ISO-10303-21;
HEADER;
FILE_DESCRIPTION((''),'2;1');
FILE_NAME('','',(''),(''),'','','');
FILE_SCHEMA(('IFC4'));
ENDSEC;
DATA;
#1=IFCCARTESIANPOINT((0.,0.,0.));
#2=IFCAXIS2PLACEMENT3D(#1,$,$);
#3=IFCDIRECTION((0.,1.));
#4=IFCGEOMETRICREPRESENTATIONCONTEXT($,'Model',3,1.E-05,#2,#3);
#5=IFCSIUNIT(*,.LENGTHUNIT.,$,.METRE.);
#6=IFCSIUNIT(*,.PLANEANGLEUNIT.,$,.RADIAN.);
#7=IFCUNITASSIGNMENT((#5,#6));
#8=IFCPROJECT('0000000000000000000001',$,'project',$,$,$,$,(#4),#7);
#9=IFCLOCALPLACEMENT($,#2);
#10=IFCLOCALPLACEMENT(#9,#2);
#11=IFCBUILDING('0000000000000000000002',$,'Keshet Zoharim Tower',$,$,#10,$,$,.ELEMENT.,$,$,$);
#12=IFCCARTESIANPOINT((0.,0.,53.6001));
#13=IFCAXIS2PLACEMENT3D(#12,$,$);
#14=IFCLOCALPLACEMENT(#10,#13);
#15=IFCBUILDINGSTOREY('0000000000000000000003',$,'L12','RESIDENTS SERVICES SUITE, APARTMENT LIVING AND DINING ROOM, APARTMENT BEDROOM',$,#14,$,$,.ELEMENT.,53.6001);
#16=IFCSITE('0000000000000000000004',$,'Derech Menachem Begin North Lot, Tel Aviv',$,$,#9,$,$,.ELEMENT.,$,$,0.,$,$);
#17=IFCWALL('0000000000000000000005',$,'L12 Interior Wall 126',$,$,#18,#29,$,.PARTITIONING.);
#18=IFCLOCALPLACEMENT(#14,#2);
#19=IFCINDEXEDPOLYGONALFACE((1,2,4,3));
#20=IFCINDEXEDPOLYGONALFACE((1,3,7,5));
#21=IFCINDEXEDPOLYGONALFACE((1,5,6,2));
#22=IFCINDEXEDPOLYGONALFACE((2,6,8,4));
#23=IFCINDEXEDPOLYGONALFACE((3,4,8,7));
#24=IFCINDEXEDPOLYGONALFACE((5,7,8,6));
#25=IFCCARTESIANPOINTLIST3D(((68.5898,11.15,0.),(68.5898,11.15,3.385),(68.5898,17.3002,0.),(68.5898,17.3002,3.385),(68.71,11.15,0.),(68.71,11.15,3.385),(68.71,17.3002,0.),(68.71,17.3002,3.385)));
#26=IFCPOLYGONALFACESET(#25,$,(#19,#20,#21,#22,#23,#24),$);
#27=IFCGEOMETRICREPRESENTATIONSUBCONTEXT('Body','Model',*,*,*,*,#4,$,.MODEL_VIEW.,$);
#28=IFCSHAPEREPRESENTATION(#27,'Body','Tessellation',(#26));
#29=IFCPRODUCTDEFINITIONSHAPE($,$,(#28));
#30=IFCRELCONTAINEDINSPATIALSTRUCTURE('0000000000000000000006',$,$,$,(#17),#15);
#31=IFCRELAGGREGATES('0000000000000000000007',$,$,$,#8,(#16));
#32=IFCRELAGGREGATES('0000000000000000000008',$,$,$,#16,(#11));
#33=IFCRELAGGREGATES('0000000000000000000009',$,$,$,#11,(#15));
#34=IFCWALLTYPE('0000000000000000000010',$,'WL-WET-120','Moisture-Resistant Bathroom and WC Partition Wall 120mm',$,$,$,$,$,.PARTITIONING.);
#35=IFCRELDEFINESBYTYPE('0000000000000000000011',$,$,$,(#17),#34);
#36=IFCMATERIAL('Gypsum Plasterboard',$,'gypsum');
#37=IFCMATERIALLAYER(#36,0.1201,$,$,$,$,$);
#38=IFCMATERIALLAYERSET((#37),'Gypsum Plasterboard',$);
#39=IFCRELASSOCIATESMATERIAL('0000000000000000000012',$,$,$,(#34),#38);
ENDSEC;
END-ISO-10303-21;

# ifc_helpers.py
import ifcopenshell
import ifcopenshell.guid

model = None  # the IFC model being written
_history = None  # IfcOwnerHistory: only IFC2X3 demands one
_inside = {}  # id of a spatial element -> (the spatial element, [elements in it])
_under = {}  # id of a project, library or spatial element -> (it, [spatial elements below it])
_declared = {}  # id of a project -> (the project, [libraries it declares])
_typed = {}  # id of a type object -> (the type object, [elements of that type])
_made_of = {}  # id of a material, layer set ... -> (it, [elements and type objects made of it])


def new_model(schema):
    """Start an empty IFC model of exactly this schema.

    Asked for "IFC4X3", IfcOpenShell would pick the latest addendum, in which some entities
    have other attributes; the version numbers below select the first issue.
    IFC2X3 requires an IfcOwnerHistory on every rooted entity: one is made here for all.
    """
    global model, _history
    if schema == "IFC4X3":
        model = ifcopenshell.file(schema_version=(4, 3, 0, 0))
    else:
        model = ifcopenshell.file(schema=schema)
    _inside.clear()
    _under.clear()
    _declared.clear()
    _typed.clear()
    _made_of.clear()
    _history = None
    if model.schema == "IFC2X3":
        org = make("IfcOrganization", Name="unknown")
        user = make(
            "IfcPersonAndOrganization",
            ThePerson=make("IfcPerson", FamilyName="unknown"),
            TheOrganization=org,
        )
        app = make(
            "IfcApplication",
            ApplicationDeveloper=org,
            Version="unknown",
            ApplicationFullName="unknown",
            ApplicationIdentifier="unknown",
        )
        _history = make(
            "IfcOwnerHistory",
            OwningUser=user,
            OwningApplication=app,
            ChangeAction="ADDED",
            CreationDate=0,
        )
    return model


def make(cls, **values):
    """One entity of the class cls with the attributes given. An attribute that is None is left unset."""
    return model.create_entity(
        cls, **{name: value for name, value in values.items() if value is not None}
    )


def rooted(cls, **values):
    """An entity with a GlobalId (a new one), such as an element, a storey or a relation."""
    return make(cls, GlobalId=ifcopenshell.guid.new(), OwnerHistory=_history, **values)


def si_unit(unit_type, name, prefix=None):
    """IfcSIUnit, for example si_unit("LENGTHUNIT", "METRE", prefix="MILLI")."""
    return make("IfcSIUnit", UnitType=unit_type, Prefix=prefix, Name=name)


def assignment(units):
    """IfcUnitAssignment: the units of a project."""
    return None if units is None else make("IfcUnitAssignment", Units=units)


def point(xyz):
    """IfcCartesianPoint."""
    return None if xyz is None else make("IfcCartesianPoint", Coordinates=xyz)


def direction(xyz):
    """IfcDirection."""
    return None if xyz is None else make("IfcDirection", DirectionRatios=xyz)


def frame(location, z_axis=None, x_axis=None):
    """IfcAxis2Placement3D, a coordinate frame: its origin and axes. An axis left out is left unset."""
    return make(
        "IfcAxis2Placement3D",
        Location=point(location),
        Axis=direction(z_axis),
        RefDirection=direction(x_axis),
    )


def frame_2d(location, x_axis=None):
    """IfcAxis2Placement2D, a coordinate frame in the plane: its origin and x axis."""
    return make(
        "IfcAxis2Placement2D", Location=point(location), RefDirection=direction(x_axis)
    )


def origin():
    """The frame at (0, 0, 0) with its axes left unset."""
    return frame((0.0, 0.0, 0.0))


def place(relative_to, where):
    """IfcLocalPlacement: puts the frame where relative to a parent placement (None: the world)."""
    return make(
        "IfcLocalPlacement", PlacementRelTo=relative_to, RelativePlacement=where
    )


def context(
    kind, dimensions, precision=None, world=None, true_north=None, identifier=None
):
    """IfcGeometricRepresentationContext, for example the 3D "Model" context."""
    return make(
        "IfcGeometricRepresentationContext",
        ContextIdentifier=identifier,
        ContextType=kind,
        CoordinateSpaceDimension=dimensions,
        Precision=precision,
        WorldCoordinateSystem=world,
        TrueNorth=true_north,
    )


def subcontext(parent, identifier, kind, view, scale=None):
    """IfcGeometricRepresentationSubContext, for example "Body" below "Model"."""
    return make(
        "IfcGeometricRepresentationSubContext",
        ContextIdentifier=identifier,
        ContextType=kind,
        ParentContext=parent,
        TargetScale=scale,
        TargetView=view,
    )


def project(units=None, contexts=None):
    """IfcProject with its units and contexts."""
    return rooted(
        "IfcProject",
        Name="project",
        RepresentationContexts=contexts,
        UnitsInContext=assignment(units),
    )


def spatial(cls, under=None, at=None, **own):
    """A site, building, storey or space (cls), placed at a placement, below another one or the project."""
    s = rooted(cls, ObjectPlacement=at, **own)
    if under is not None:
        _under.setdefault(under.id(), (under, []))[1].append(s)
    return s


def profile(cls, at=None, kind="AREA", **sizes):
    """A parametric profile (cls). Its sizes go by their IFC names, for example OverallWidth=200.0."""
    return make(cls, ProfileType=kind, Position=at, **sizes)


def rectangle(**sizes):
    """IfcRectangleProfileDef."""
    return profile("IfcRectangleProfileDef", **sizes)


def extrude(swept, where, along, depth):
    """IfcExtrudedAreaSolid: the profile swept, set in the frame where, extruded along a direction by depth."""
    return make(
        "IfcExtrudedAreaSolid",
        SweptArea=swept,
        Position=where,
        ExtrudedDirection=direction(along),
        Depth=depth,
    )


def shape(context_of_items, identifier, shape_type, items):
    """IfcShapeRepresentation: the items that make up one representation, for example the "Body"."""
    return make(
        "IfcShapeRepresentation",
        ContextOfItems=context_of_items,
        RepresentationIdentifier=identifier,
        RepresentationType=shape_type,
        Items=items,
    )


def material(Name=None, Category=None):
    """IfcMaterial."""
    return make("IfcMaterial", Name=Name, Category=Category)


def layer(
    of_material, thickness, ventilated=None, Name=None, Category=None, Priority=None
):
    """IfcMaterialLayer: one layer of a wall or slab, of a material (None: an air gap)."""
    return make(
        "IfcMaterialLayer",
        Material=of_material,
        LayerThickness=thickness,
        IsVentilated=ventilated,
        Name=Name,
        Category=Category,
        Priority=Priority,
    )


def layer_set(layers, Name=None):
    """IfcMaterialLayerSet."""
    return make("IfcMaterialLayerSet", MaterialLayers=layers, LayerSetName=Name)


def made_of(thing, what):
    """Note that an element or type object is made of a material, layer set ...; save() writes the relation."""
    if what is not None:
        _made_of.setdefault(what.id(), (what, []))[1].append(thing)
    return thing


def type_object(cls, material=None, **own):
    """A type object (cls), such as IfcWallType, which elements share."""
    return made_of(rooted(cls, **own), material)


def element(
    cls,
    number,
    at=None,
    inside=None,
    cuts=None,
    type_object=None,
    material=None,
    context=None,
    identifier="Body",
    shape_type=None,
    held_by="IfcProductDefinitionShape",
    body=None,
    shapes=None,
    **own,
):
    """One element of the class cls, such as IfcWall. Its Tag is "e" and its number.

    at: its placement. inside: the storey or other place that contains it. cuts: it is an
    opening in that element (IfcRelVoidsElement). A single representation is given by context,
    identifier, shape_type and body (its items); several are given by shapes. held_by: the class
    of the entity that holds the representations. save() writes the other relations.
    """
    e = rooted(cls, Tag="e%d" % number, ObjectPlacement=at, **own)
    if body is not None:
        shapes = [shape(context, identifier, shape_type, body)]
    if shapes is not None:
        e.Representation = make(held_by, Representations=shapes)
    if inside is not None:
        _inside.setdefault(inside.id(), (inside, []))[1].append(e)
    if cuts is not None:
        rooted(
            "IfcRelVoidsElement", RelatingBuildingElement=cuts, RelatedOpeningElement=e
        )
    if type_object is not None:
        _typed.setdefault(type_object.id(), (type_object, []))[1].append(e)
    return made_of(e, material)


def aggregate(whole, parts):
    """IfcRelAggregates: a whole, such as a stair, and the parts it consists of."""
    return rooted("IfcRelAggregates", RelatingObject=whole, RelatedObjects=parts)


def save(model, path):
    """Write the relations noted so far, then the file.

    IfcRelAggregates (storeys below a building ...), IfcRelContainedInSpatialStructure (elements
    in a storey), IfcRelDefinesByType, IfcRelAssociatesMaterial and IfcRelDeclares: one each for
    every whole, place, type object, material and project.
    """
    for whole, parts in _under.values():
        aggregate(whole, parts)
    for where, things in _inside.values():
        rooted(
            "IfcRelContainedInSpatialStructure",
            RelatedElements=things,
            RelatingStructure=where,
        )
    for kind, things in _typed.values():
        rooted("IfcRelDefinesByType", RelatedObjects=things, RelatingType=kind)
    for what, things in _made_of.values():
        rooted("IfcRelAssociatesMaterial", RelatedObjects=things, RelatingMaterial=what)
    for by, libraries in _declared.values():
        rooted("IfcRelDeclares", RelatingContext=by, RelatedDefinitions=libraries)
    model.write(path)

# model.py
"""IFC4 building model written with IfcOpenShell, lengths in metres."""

from ifc_helpers import new_model, si_unit, direction, frame, frame_2d, origin, place, context, subcontext, project, spatial, rectangle, extrude, material, layer, layer_set, type_object, element, save


model = new_model("IFC4")

# Units and contexts
model_context = context("Model", 3, precision=1e-05, world=origin(), true_north=direction((0.0, 1.0)))
body_context = subcontext(model_context, "Body", "Model", "MODEL_VIEW")
ifc_project = project(units=[si_unit("LENGTHUNIT", "METRE"), si_unit("PLANEANGLEUNIT", "RADIAN")], contexts=[model_context])

# Site, building, storey
site_placement = place(None, origin())
site = spatial("IfcSite", under=ifc_project, at=site_placement, Name="Derech Menachem Begin North Lot, Tel Aviv", CompositionType="ELEMENT", RefElevation=0.0)
building_placement = place(site_placement, origin())
building = spatial("IfcBuilding", under=site, at=building_placement, Name="Keshet Zoharim Tower", CompositionType="ELEMENT")
storey_placement = place(building_placement, frame((0.0, 0.0, 53.6001)))
storey = spatial("IfcBuildingStorey", under=building, at=storey_placement, Name="L12", Description="RESIDENTS SERVICES SUITE, APARTMENT LIVING AND DINING ROOM, APARTMENT BEDROOM", CompositionType="ELEMENT", Elevation=53.6001)

# Wall
ifc_material_1 = material(Name="Gypsum Plasterboard", Category="gypsum")
ifc_layer_1 = layer(ifc_material_1, 0.1201)
ifc_layer_set_1 = layer_set([ifc_layer_1], Name="Gypsum Plasterboard")
wall_type_1 = type_object("IfcWallType", Name="WL-WET-120", Description="Moisture-Resistant Bathroom and WC Partition Wall 120mm", PredefinedType="PARTITIONING", material=ifc_layer_set_1)
wall_1_placement = place(storey_placement, frame((68.6499, 11.1499, 0.0), z_axis=(0.0, 0.0, 1.0), x_axis=(0.0, 1.0, 0.0)))
element("IfcWall", 1, at=wall_1_placement, inside=storey, type_object=wall_type_1, Name="L12 Interior Wall 126", PredefinedType="PARTITIONING", context=body_context, shape_type="SweptSolid", body=[
    extrude(rectangle(XDim=6.1501, YDim=0.1201, at=frame_2d((3.0752, 0.0))), origin(), (0.0, 0.0, 1.0), 3.385),
])

save(model, "model.ifc")
